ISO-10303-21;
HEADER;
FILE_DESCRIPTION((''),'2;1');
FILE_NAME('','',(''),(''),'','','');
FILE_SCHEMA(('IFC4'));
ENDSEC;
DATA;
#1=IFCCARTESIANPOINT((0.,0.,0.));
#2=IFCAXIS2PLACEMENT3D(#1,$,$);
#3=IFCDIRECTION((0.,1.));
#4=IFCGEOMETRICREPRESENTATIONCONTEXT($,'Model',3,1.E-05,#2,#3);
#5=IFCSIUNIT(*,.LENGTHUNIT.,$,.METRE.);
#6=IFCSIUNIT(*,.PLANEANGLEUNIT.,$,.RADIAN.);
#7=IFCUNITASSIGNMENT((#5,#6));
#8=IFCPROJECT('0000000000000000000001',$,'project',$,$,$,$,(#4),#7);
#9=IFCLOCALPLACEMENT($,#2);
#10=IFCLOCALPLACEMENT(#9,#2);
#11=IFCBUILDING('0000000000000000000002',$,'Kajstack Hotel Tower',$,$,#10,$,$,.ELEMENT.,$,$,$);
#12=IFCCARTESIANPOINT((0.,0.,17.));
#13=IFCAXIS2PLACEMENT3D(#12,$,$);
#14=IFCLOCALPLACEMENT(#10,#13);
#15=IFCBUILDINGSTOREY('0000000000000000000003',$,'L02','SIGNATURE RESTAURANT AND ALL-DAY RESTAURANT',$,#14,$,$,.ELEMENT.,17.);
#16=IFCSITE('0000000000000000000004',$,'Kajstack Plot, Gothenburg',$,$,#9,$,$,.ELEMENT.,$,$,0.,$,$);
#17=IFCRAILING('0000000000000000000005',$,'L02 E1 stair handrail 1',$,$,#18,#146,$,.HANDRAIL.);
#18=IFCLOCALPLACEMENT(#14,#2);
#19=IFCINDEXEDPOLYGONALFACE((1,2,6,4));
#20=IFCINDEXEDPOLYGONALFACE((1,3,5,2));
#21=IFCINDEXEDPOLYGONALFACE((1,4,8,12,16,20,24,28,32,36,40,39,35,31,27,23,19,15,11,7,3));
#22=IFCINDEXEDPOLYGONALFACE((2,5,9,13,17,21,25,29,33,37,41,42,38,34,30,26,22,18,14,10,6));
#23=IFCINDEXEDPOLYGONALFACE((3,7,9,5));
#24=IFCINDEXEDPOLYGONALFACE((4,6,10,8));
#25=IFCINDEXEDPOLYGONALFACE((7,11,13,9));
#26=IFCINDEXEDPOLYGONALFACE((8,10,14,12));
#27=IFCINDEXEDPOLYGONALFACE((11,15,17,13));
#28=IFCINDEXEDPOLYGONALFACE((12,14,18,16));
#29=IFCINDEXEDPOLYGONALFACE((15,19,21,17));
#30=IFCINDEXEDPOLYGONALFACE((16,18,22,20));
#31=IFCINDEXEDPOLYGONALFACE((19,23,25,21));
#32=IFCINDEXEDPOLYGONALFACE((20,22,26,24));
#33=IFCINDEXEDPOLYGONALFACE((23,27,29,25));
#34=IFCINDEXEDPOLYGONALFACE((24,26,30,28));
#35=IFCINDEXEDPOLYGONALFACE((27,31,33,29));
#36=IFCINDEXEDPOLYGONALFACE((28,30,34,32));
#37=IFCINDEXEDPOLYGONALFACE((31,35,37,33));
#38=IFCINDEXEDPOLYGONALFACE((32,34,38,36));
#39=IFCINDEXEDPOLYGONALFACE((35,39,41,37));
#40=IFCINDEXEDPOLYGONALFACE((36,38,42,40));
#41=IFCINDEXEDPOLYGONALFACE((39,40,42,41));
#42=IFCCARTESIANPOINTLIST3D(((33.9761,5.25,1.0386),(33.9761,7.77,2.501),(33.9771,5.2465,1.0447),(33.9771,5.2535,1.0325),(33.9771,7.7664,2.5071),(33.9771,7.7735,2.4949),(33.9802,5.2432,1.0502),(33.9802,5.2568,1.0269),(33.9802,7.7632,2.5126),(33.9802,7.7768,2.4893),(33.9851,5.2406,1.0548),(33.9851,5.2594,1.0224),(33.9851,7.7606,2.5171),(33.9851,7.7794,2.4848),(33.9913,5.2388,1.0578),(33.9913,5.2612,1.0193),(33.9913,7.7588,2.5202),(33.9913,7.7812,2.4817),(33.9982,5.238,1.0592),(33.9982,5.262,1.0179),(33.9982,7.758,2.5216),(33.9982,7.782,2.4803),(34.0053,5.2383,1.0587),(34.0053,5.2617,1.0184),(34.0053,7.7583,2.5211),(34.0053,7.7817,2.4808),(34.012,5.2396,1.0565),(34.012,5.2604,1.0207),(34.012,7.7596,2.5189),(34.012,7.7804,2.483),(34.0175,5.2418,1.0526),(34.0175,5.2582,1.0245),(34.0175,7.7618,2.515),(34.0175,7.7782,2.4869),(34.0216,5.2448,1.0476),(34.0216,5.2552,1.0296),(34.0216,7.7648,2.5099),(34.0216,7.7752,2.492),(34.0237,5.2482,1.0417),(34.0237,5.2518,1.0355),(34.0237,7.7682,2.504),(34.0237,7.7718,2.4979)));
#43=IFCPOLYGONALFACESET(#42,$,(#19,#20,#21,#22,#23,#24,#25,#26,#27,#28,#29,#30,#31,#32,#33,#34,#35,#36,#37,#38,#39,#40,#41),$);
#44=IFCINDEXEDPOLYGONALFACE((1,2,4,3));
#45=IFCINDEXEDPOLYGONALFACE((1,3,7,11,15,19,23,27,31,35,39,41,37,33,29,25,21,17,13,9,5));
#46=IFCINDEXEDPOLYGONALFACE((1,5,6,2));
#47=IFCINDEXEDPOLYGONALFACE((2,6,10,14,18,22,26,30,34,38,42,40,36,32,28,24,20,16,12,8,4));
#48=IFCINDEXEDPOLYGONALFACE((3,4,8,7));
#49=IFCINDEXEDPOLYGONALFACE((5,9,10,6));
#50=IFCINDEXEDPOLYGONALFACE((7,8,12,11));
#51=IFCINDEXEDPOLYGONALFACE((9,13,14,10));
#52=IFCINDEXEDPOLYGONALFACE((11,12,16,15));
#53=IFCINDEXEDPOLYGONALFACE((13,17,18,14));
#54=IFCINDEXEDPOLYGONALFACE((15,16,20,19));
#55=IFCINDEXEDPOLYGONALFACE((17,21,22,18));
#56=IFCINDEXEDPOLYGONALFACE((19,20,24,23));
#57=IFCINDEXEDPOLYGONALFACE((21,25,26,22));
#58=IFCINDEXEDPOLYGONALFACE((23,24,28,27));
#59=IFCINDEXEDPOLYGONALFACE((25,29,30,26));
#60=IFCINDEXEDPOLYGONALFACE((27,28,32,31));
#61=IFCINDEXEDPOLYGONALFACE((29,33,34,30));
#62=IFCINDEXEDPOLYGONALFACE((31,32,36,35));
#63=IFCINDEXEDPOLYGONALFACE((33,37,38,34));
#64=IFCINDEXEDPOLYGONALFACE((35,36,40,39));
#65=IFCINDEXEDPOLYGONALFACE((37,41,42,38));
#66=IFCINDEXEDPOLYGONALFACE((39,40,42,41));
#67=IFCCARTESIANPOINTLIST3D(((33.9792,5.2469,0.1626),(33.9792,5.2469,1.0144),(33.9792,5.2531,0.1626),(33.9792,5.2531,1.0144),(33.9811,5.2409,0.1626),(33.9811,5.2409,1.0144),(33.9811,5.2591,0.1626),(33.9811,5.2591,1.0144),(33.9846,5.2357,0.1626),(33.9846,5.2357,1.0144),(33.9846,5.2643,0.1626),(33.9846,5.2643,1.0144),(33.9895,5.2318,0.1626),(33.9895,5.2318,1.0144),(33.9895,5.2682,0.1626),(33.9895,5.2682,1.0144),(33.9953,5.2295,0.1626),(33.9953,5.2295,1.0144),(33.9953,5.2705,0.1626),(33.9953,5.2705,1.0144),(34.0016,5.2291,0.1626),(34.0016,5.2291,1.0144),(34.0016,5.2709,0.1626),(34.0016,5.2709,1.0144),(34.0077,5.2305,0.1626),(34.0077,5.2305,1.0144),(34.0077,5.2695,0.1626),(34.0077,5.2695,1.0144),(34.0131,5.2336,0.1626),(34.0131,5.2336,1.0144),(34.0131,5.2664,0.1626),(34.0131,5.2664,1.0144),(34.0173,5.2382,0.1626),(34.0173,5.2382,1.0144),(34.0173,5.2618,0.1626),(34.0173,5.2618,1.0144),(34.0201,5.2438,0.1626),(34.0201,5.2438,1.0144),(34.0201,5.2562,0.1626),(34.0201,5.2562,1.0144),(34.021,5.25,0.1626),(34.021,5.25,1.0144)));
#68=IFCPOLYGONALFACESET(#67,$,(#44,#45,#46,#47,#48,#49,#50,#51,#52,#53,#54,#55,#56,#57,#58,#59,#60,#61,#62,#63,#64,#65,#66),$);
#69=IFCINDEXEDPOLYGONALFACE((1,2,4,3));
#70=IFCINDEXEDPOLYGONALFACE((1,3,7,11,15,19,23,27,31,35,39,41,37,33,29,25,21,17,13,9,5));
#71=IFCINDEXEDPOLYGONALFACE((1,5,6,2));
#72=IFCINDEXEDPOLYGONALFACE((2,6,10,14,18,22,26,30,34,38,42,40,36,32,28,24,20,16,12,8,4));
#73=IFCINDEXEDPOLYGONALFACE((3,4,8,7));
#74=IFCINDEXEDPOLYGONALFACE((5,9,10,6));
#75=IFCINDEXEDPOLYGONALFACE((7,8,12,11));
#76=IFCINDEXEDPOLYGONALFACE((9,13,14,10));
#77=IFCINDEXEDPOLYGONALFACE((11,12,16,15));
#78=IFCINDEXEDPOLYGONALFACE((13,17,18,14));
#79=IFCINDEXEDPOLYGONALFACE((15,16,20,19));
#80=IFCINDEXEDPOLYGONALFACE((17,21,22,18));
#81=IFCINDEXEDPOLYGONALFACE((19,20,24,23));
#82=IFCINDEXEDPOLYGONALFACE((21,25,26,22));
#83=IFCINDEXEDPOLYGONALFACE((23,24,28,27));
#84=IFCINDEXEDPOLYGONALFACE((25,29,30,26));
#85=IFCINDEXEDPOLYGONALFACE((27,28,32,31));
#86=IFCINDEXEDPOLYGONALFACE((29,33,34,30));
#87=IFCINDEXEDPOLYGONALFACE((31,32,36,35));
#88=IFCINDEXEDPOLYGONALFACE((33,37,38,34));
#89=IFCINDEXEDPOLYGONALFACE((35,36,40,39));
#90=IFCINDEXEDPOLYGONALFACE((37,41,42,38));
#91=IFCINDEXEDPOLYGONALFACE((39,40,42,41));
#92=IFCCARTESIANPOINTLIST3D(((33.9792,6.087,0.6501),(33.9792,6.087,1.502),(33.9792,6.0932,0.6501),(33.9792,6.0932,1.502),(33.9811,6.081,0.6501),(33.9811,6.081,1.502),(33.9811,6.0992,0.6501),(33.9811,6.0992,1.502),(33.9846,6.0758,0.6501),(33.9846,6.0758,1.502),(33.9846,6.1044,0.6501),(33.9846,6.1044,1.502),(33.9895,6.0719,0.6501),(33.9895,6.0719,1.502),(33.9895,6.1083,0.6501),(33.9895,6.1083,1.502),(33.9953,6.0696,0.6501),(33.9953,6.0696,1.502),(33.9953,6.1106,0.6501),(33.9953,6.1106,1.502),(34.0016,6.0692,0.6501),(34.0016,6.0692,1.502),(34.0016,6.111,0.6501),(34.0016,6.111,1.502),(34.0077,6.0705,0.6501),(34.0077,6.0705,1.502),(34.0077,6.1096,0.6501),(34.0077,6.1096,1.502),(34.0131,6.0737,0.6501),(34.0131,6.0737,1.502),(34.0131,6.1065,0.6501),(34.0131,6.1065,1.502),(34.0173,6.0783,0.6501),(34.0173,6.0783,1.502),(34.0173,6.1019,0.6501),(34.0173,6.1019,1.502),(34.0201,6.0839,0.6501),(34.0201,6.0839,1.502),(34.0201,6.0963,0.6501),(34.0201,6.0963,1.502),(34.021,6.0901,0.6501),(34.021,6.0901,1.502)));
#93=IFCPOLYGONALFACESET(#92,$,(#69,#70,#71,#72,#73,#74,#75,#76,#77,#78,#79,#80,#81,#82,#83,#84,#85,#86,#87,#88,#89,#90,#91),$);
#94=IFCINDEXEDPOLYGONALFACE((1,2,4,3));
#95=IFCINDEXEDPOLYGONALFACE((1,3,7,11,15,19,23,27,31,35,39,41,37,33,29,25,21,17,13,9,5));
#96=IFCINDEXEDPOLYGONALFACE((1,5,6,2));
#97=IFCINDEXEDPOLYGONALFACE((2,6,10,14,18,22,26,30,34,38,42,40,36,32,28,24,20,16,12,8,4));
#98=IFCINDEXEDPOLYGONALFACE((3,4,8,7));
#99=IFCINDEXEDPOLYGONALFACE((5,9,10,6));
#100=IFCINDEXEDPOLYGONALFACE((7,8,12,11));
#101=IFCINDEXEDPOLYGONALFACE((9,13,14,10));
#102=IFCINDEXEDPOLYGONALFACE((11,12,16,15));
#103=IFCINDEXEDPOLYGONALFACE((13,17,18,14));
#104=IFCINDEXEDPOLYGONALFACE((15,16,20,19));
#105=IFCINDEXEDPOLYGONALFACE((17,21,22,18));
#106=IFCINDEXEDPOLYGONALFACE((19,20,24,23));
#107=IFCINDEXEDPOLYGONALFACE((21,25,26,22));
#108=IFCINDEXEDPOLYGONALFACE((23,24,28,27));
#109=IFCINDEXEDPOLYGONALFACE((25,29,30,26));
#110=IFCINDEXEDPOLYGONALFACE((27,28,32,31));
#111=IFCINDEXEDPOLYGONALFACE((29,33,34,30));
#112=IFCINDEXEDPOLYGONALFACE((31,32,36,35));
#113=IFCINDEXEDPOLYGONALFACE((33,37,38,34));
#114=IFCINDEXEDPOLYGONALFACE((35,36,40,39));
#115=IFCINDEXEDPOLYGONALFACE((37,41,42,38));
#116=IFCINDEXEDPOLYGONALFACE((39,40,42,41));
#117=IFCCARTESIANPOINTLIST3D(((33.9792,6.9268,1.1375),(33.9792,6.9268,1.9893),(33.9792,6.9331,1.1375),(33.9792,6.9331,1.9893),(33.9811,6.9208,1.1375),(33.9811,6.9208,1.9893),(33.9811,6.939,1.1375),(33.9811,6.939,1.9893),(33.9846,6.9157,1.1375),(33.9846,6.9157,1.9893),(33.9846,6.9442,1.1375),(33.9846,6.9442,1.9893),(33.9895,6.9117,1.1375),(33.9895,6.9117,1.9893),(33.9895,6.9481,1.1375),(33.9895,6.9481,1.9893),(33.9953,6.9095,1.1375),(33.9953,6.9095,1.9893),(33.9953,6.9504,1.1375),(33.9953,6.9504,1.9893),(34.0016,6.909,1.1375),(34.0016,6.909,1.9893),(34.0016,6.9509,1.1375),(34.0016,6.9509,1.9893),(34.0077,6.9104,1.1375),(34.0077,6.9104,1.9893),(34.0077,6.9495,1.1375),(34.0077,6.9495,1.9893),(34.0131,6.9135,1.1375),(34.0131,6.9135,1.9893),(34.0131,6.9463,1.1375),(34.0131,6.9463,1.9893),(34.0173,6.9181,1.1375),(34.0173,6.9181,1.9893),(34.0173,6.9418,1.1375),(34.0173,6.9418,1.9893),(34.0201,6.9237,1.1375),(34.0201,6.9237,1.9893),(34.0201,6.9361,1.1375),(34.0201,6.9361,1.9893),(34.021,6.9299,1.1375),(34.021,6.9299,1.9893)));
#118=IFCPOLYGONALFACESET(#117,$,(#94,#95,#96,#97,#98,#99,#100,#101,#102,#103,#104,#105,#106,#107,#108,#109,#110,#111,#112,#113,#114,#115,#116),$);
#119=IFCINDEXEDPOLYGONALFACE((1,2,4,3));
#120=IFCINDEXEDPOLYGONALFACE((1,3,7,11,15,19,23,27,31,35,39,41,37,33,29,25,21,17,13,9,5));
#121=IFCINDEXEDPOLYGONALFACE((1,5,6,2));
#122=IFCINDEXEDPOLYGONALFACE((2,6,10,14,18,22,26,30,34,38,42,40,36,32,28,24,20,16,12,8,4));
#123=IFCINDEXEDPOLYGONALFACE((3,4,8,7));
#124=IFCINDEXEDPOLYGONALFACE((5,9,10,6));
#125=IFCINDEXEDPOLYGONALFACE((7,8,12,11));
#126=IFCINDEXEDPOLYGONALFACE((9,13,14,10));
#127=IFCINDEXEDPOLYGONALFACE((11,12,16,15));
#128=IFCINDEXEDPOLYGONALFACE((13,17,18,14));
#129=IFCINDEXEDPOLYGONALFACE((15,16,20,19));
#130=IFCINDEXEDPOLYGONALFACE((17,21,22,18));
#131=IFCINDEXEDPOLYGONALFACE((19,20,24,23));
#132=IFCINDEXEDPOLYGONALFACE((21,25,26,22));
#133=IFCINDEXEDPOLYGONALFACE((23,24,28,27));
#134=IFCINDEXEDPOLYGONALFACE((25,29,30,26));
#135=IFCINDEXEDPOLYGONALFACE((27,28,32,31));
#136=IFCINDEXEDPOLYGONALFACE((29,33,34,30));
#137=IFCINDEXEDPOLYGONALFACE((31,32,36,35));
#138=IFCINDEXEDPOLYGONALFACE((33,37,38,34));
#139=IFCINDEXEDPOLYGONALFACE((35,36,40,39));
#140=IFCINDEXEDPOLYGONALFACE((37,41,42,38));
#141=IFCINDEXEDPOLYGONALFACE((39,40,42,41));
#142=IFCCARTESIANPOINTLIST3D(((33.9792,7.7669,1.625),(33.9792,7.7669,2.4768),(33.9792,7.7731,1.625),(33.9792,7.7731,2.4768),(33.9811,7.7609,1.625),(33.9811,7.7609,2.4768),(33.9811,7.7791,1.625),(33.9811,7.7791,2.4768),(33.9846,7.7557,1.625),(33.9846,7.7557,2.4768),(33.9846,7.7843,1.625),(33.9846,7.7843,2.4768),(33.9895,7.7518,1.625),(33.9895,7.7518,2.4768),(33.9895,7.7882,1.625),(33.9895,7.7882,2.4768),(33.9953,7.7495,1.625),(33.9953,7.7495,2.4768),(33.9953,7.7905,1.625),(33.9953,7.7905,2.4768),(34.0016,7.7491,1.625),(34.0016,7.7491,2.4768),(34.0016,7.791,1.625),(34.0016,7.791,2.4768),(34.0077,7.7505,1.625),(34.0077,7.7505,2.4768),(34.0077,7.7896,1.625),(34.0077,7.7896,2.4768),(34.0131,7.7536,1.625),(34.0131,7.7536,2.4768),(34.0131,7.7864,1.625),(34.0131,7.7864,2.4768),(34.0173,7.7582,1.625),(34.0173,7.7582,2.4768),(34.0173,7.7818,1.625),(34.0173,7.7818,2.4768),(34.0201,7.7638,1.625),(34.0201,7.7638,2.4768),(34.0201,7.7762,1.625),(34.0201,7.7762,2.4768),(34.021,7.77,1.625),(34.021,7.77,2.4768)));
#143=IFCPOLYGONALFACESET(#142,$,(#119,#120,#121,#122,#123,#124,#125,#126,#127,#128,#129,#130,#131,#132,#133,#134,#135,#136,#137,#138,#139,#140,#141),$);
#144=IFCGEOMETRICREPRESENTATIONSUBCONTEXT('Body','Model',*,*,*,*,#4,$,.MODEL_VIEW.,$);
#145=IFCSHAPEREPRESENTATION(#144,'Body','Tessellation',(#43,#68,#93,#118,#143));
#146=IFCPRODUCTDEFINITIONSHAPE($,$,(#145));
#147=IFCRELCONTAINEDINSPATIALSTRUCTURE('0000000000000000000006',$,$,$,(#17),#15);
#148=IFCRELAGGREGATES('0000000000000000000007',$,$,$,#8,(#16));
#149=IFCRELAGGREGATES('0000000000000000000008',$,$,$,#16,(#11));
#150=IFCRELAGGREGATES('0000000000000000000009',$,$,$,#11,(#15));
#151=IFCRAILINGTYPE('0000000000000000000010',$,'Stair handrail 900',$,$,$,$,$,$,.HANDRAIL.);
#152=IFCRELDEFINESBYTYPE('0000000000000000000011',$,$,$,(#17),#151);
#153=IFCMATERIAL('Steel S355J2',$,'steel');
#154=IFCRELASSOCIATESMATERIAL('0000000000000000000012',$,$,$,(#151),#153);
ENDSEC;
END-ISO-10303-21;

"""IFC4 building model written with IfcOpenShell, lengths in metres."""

from ifc_helpers import new_model, si_unit, direction, frame, origin, origin_2d, place, context, subcontext, project, spatial, circle, extrude, material, type_object, element, save


model = new_model("IFC4")

# Units and contexts
model_context = context("Model", 3, precision=1e-05, world=origin(), true_north=direction((0.0, 1.0)))
body_context = subcontext(model_context, "Body", "Model", "MODEL_VIEW")
ifc_project = project(units=[si_unit("LENGTHUNIT", "METRE"), si_unit("PLANEANGLEUNIT", "RADIAN")], contexts=[model_context])

# Site, building, storey
site_placement = place(None, origin())
site = spatial("IfcSite", under=ifc_project, at=site_placement, Name="Kajstack Plot, Gothenburg", CompositionType="ELEMENT", RefElevation=0.0)
building_placement = place(site_placement, origin())
building = spatial("IfcBuilding", under=site, at=building_placement, Name="Kajstack Hotel Tower", CompositionType="ELEMENT")
storey_placement = place(building_placement, frame((0.0, 0.0, 17.0)))
storey = spatial("IfcBuildingStorey", under=building, at=storey_placement, Name="L02", Description="SIGNATURE RESTAURANT AND ALL-DAY RESTAURANT", CompositionType="ELEMENT", Elevation=17.0)

# Railing
ifc_material_1 = material(Name="Steel S355J2", Category="steel")
railing_type_1 = type_object("IfcRailingType", Name="Stair handrail 900", PredefinedType="HANDRAIL", material=ifc_material_1)
railing_1_placement = place(storey_placement, frame((34.0, 5.25, 0.1626)))
element("IfcRailing", 1, at=railing_1_placement, inside=storey, type_object=railing_type_1, Name="L02 E1 stair handrail 1", PredefinedType="HANDRAIL", context=body_context, shape_type="SweptSolid", body=[
    extrude(circle(Radius=0.0239, at=origin_2d()), frame((0.0, 0.0, 0.876), z_axis=(0.0, 0.864913, 0.501921), x_axis=(-1.0, 0.0, 0.0)), (0.0, 0.0, 1.0), 2.9136),
    extrude(circle(Radius=0.021, at=origin_2d()), origin(), (0.0, 0.0, 1.0), 0.8518),
    extrude(circle(Radius=0.021, at=origin_2d()), frame((0.0, 0.8401, 0.4875)), (0.0, 0.0, 1.0), 0.8518),
    extrude(circle(Radius=0.021, at=origin_2d()), frame((0.0, 1.6799, 0.9749)), (0.0, 0.0, 1.0), 0.8518),
    extrude(circle(Radius=0.021, at=origin_2d()), frame((0.0, 2.52, 1.4624)), (0.0, 0.0, 1.0), 0.8518),
])

save(model, "model.ifc")
